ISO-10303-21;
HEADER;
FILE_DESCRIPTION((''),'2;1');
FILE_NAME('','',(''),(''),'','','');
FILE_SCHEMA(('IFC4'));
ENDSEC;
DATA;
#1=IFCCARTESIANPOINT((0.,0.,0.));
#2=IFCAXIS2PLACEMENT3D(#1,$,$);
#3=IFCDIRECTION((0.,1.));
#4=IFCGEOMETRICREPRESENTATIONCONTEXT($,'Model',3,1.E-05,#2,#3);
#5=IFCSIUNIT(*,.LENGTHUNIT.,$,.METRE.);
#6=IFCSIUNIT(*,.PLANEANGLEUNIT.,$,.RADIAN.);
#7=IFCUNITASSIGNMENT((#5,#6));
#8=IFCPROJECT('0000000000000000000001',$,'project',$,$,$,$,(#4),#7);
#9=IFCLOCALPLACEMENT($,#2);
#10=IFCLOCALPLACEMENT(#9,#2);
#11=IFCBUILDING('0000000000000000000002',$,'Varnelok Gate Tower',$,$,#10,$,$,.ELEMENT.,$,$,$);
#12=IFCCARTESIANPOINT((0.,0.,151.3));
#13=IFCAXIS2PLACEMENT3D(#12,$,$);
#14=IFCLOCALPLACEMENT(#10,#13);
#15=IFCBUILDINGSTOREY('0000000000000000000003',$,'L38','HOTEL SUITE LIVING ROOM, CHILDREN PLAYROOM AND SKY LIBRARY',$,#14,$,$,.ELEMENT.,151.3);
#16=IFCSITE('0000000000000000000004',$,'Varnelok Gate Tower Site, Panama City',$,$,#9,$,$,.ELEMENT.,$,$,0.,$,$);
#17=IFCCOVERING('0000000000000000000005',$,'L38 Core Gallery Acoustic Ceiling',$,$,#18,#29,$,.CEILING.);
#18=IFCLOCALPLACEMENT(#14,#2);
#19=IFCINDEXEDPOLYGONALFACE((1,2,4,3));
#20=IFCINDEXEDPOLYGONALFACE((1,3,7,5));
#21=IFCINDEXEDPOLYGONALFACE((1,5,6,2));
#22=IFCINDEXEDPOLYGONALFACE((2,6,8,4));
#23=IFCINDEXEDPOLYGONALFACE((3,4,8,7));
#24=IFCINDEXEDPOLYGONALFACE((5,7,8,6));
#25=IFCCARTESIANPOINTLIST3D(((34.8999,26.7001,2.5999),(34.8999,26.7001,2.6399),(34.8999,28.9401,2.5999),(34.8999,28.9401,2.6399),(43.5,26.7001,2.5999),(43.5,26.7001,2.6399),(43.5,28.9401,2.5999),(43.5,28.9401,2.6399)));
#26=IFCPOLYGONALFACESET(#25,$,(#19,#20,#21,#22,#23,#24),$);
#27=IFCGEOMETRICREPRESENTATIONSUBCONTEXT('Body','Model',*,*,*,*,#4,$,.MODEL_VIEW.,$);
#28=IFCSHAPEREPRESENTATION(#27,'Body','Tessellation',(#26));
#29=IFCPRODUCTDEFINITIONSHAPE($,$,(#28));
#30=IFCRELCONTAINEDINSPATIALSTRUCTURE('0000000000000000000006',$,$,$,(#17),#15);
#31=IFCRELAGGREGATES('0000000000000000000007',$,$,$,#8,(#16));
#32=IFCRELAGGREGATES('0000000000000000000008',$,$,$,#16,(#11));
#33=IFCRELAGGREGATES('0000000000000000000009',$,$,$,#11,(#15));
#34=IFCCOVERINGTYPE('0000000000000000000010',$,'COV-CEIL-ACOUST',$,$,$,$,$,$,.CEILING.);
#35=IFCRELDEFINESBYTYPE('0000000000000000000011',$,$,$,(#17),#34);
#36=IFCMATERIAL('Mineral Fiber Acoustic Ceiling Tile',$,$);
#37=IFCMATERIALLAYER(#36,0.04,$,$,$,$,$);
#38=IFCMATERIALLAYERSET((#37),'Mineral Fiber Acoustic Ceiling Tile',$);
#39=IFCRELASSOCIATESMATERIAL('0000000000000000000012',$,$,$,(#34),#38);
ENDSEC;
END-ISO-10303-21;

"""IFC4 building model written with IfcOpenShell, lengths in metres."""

from ifc_helpers import new_model, si_unit, direction, frame, origin, origin_2d, place, context, subcontext, project, spatial, rectangle, extrude, source, transform, mapped, material, layer, layer_set, type_object, element, save


model = new_model("IFC4")

# Units and contexts
model_context = context("Model", 3, precision=1e-05, world=origin(), true_north=direction((0.0, 1.0)))
body_context = subcontext(model_context, "Body", "Model", "MODEL_VIEW")
ifc_project = project(units=[si_unit("LENGTHUNIT", "METRE"), si_unit("PLANEANGLEUNIT", "RADIAN")], contexts=[model_context])

# Site, building, storey
site_placement = place(None, origin())
site = spatial("IfcSite", under=ifc_project, at=site_placement, Name="Varnelok Gate Tower Site, Panama City", CompositionType="ELEMENT", RefElevation=0.0)
building_placement = place(site_placement, origin())
building = spatial("IfcBuilding", under=site, at=building_placement, Name="Varnelok Gate Tower", CompositionType="ELEMENT")
storey_placement = place(building_placement, frame((0.0, 0.0, 151.3)))
storey = spatial("IfcBuildingStorey", under=building, at=storey_placement, Name="L38", Description="HOTEL SUITE LIVING ROOM, CHILDREN PLAYROOM AND SKY LIBRARY", CompositionType="ELEMENT", Elevation=151.3)

# Covering
ifc_material_1 = material(Name="Mineral Fiber Acoustic Ceiling Tile")
ifc_layer_1 = layer(ifc_material_1, 0.04)
ifc_layer_set_1 = layer_set([ifc_layer_1], Name="Mineral Fiber Acoustic Ceiling Tile")
covering_type_1 = type_object("IfcCoveringType", Name="COV-CEIL-ACOUST", PredefinedType="CEILING", material=ifc_layer_set_1)
shared_shape_1 = source(origin(), body_context, "Body", "SweptSolid", [
    extrude(rectangle(XDim=8.6001, YDim=2.24, at=origin_2d()), origin(), (0.0, 0.0, 1.0), 0.04),
])
covering_1_placement = place(storey_placement, frame((39.2, 27.8201, 2.5999), z_axis=(0.0, 0.0, 1.0), x_axis=(1.0, 0.0, 0.0)))
element("IfcCovering", 1, at=covering_1_placement, inside=storey, type_object=covering_type_1, Name="L38 Core Gallery Acoustic Ceiling", PredefinedType="CEILING", context=body_context, shape_type="MappedRepresentation", body=[
    mapped(shared_shape_1, transform((0.0, 0.0, 0.0), scale=1.0)),
])

save(model, "model.ifc")
